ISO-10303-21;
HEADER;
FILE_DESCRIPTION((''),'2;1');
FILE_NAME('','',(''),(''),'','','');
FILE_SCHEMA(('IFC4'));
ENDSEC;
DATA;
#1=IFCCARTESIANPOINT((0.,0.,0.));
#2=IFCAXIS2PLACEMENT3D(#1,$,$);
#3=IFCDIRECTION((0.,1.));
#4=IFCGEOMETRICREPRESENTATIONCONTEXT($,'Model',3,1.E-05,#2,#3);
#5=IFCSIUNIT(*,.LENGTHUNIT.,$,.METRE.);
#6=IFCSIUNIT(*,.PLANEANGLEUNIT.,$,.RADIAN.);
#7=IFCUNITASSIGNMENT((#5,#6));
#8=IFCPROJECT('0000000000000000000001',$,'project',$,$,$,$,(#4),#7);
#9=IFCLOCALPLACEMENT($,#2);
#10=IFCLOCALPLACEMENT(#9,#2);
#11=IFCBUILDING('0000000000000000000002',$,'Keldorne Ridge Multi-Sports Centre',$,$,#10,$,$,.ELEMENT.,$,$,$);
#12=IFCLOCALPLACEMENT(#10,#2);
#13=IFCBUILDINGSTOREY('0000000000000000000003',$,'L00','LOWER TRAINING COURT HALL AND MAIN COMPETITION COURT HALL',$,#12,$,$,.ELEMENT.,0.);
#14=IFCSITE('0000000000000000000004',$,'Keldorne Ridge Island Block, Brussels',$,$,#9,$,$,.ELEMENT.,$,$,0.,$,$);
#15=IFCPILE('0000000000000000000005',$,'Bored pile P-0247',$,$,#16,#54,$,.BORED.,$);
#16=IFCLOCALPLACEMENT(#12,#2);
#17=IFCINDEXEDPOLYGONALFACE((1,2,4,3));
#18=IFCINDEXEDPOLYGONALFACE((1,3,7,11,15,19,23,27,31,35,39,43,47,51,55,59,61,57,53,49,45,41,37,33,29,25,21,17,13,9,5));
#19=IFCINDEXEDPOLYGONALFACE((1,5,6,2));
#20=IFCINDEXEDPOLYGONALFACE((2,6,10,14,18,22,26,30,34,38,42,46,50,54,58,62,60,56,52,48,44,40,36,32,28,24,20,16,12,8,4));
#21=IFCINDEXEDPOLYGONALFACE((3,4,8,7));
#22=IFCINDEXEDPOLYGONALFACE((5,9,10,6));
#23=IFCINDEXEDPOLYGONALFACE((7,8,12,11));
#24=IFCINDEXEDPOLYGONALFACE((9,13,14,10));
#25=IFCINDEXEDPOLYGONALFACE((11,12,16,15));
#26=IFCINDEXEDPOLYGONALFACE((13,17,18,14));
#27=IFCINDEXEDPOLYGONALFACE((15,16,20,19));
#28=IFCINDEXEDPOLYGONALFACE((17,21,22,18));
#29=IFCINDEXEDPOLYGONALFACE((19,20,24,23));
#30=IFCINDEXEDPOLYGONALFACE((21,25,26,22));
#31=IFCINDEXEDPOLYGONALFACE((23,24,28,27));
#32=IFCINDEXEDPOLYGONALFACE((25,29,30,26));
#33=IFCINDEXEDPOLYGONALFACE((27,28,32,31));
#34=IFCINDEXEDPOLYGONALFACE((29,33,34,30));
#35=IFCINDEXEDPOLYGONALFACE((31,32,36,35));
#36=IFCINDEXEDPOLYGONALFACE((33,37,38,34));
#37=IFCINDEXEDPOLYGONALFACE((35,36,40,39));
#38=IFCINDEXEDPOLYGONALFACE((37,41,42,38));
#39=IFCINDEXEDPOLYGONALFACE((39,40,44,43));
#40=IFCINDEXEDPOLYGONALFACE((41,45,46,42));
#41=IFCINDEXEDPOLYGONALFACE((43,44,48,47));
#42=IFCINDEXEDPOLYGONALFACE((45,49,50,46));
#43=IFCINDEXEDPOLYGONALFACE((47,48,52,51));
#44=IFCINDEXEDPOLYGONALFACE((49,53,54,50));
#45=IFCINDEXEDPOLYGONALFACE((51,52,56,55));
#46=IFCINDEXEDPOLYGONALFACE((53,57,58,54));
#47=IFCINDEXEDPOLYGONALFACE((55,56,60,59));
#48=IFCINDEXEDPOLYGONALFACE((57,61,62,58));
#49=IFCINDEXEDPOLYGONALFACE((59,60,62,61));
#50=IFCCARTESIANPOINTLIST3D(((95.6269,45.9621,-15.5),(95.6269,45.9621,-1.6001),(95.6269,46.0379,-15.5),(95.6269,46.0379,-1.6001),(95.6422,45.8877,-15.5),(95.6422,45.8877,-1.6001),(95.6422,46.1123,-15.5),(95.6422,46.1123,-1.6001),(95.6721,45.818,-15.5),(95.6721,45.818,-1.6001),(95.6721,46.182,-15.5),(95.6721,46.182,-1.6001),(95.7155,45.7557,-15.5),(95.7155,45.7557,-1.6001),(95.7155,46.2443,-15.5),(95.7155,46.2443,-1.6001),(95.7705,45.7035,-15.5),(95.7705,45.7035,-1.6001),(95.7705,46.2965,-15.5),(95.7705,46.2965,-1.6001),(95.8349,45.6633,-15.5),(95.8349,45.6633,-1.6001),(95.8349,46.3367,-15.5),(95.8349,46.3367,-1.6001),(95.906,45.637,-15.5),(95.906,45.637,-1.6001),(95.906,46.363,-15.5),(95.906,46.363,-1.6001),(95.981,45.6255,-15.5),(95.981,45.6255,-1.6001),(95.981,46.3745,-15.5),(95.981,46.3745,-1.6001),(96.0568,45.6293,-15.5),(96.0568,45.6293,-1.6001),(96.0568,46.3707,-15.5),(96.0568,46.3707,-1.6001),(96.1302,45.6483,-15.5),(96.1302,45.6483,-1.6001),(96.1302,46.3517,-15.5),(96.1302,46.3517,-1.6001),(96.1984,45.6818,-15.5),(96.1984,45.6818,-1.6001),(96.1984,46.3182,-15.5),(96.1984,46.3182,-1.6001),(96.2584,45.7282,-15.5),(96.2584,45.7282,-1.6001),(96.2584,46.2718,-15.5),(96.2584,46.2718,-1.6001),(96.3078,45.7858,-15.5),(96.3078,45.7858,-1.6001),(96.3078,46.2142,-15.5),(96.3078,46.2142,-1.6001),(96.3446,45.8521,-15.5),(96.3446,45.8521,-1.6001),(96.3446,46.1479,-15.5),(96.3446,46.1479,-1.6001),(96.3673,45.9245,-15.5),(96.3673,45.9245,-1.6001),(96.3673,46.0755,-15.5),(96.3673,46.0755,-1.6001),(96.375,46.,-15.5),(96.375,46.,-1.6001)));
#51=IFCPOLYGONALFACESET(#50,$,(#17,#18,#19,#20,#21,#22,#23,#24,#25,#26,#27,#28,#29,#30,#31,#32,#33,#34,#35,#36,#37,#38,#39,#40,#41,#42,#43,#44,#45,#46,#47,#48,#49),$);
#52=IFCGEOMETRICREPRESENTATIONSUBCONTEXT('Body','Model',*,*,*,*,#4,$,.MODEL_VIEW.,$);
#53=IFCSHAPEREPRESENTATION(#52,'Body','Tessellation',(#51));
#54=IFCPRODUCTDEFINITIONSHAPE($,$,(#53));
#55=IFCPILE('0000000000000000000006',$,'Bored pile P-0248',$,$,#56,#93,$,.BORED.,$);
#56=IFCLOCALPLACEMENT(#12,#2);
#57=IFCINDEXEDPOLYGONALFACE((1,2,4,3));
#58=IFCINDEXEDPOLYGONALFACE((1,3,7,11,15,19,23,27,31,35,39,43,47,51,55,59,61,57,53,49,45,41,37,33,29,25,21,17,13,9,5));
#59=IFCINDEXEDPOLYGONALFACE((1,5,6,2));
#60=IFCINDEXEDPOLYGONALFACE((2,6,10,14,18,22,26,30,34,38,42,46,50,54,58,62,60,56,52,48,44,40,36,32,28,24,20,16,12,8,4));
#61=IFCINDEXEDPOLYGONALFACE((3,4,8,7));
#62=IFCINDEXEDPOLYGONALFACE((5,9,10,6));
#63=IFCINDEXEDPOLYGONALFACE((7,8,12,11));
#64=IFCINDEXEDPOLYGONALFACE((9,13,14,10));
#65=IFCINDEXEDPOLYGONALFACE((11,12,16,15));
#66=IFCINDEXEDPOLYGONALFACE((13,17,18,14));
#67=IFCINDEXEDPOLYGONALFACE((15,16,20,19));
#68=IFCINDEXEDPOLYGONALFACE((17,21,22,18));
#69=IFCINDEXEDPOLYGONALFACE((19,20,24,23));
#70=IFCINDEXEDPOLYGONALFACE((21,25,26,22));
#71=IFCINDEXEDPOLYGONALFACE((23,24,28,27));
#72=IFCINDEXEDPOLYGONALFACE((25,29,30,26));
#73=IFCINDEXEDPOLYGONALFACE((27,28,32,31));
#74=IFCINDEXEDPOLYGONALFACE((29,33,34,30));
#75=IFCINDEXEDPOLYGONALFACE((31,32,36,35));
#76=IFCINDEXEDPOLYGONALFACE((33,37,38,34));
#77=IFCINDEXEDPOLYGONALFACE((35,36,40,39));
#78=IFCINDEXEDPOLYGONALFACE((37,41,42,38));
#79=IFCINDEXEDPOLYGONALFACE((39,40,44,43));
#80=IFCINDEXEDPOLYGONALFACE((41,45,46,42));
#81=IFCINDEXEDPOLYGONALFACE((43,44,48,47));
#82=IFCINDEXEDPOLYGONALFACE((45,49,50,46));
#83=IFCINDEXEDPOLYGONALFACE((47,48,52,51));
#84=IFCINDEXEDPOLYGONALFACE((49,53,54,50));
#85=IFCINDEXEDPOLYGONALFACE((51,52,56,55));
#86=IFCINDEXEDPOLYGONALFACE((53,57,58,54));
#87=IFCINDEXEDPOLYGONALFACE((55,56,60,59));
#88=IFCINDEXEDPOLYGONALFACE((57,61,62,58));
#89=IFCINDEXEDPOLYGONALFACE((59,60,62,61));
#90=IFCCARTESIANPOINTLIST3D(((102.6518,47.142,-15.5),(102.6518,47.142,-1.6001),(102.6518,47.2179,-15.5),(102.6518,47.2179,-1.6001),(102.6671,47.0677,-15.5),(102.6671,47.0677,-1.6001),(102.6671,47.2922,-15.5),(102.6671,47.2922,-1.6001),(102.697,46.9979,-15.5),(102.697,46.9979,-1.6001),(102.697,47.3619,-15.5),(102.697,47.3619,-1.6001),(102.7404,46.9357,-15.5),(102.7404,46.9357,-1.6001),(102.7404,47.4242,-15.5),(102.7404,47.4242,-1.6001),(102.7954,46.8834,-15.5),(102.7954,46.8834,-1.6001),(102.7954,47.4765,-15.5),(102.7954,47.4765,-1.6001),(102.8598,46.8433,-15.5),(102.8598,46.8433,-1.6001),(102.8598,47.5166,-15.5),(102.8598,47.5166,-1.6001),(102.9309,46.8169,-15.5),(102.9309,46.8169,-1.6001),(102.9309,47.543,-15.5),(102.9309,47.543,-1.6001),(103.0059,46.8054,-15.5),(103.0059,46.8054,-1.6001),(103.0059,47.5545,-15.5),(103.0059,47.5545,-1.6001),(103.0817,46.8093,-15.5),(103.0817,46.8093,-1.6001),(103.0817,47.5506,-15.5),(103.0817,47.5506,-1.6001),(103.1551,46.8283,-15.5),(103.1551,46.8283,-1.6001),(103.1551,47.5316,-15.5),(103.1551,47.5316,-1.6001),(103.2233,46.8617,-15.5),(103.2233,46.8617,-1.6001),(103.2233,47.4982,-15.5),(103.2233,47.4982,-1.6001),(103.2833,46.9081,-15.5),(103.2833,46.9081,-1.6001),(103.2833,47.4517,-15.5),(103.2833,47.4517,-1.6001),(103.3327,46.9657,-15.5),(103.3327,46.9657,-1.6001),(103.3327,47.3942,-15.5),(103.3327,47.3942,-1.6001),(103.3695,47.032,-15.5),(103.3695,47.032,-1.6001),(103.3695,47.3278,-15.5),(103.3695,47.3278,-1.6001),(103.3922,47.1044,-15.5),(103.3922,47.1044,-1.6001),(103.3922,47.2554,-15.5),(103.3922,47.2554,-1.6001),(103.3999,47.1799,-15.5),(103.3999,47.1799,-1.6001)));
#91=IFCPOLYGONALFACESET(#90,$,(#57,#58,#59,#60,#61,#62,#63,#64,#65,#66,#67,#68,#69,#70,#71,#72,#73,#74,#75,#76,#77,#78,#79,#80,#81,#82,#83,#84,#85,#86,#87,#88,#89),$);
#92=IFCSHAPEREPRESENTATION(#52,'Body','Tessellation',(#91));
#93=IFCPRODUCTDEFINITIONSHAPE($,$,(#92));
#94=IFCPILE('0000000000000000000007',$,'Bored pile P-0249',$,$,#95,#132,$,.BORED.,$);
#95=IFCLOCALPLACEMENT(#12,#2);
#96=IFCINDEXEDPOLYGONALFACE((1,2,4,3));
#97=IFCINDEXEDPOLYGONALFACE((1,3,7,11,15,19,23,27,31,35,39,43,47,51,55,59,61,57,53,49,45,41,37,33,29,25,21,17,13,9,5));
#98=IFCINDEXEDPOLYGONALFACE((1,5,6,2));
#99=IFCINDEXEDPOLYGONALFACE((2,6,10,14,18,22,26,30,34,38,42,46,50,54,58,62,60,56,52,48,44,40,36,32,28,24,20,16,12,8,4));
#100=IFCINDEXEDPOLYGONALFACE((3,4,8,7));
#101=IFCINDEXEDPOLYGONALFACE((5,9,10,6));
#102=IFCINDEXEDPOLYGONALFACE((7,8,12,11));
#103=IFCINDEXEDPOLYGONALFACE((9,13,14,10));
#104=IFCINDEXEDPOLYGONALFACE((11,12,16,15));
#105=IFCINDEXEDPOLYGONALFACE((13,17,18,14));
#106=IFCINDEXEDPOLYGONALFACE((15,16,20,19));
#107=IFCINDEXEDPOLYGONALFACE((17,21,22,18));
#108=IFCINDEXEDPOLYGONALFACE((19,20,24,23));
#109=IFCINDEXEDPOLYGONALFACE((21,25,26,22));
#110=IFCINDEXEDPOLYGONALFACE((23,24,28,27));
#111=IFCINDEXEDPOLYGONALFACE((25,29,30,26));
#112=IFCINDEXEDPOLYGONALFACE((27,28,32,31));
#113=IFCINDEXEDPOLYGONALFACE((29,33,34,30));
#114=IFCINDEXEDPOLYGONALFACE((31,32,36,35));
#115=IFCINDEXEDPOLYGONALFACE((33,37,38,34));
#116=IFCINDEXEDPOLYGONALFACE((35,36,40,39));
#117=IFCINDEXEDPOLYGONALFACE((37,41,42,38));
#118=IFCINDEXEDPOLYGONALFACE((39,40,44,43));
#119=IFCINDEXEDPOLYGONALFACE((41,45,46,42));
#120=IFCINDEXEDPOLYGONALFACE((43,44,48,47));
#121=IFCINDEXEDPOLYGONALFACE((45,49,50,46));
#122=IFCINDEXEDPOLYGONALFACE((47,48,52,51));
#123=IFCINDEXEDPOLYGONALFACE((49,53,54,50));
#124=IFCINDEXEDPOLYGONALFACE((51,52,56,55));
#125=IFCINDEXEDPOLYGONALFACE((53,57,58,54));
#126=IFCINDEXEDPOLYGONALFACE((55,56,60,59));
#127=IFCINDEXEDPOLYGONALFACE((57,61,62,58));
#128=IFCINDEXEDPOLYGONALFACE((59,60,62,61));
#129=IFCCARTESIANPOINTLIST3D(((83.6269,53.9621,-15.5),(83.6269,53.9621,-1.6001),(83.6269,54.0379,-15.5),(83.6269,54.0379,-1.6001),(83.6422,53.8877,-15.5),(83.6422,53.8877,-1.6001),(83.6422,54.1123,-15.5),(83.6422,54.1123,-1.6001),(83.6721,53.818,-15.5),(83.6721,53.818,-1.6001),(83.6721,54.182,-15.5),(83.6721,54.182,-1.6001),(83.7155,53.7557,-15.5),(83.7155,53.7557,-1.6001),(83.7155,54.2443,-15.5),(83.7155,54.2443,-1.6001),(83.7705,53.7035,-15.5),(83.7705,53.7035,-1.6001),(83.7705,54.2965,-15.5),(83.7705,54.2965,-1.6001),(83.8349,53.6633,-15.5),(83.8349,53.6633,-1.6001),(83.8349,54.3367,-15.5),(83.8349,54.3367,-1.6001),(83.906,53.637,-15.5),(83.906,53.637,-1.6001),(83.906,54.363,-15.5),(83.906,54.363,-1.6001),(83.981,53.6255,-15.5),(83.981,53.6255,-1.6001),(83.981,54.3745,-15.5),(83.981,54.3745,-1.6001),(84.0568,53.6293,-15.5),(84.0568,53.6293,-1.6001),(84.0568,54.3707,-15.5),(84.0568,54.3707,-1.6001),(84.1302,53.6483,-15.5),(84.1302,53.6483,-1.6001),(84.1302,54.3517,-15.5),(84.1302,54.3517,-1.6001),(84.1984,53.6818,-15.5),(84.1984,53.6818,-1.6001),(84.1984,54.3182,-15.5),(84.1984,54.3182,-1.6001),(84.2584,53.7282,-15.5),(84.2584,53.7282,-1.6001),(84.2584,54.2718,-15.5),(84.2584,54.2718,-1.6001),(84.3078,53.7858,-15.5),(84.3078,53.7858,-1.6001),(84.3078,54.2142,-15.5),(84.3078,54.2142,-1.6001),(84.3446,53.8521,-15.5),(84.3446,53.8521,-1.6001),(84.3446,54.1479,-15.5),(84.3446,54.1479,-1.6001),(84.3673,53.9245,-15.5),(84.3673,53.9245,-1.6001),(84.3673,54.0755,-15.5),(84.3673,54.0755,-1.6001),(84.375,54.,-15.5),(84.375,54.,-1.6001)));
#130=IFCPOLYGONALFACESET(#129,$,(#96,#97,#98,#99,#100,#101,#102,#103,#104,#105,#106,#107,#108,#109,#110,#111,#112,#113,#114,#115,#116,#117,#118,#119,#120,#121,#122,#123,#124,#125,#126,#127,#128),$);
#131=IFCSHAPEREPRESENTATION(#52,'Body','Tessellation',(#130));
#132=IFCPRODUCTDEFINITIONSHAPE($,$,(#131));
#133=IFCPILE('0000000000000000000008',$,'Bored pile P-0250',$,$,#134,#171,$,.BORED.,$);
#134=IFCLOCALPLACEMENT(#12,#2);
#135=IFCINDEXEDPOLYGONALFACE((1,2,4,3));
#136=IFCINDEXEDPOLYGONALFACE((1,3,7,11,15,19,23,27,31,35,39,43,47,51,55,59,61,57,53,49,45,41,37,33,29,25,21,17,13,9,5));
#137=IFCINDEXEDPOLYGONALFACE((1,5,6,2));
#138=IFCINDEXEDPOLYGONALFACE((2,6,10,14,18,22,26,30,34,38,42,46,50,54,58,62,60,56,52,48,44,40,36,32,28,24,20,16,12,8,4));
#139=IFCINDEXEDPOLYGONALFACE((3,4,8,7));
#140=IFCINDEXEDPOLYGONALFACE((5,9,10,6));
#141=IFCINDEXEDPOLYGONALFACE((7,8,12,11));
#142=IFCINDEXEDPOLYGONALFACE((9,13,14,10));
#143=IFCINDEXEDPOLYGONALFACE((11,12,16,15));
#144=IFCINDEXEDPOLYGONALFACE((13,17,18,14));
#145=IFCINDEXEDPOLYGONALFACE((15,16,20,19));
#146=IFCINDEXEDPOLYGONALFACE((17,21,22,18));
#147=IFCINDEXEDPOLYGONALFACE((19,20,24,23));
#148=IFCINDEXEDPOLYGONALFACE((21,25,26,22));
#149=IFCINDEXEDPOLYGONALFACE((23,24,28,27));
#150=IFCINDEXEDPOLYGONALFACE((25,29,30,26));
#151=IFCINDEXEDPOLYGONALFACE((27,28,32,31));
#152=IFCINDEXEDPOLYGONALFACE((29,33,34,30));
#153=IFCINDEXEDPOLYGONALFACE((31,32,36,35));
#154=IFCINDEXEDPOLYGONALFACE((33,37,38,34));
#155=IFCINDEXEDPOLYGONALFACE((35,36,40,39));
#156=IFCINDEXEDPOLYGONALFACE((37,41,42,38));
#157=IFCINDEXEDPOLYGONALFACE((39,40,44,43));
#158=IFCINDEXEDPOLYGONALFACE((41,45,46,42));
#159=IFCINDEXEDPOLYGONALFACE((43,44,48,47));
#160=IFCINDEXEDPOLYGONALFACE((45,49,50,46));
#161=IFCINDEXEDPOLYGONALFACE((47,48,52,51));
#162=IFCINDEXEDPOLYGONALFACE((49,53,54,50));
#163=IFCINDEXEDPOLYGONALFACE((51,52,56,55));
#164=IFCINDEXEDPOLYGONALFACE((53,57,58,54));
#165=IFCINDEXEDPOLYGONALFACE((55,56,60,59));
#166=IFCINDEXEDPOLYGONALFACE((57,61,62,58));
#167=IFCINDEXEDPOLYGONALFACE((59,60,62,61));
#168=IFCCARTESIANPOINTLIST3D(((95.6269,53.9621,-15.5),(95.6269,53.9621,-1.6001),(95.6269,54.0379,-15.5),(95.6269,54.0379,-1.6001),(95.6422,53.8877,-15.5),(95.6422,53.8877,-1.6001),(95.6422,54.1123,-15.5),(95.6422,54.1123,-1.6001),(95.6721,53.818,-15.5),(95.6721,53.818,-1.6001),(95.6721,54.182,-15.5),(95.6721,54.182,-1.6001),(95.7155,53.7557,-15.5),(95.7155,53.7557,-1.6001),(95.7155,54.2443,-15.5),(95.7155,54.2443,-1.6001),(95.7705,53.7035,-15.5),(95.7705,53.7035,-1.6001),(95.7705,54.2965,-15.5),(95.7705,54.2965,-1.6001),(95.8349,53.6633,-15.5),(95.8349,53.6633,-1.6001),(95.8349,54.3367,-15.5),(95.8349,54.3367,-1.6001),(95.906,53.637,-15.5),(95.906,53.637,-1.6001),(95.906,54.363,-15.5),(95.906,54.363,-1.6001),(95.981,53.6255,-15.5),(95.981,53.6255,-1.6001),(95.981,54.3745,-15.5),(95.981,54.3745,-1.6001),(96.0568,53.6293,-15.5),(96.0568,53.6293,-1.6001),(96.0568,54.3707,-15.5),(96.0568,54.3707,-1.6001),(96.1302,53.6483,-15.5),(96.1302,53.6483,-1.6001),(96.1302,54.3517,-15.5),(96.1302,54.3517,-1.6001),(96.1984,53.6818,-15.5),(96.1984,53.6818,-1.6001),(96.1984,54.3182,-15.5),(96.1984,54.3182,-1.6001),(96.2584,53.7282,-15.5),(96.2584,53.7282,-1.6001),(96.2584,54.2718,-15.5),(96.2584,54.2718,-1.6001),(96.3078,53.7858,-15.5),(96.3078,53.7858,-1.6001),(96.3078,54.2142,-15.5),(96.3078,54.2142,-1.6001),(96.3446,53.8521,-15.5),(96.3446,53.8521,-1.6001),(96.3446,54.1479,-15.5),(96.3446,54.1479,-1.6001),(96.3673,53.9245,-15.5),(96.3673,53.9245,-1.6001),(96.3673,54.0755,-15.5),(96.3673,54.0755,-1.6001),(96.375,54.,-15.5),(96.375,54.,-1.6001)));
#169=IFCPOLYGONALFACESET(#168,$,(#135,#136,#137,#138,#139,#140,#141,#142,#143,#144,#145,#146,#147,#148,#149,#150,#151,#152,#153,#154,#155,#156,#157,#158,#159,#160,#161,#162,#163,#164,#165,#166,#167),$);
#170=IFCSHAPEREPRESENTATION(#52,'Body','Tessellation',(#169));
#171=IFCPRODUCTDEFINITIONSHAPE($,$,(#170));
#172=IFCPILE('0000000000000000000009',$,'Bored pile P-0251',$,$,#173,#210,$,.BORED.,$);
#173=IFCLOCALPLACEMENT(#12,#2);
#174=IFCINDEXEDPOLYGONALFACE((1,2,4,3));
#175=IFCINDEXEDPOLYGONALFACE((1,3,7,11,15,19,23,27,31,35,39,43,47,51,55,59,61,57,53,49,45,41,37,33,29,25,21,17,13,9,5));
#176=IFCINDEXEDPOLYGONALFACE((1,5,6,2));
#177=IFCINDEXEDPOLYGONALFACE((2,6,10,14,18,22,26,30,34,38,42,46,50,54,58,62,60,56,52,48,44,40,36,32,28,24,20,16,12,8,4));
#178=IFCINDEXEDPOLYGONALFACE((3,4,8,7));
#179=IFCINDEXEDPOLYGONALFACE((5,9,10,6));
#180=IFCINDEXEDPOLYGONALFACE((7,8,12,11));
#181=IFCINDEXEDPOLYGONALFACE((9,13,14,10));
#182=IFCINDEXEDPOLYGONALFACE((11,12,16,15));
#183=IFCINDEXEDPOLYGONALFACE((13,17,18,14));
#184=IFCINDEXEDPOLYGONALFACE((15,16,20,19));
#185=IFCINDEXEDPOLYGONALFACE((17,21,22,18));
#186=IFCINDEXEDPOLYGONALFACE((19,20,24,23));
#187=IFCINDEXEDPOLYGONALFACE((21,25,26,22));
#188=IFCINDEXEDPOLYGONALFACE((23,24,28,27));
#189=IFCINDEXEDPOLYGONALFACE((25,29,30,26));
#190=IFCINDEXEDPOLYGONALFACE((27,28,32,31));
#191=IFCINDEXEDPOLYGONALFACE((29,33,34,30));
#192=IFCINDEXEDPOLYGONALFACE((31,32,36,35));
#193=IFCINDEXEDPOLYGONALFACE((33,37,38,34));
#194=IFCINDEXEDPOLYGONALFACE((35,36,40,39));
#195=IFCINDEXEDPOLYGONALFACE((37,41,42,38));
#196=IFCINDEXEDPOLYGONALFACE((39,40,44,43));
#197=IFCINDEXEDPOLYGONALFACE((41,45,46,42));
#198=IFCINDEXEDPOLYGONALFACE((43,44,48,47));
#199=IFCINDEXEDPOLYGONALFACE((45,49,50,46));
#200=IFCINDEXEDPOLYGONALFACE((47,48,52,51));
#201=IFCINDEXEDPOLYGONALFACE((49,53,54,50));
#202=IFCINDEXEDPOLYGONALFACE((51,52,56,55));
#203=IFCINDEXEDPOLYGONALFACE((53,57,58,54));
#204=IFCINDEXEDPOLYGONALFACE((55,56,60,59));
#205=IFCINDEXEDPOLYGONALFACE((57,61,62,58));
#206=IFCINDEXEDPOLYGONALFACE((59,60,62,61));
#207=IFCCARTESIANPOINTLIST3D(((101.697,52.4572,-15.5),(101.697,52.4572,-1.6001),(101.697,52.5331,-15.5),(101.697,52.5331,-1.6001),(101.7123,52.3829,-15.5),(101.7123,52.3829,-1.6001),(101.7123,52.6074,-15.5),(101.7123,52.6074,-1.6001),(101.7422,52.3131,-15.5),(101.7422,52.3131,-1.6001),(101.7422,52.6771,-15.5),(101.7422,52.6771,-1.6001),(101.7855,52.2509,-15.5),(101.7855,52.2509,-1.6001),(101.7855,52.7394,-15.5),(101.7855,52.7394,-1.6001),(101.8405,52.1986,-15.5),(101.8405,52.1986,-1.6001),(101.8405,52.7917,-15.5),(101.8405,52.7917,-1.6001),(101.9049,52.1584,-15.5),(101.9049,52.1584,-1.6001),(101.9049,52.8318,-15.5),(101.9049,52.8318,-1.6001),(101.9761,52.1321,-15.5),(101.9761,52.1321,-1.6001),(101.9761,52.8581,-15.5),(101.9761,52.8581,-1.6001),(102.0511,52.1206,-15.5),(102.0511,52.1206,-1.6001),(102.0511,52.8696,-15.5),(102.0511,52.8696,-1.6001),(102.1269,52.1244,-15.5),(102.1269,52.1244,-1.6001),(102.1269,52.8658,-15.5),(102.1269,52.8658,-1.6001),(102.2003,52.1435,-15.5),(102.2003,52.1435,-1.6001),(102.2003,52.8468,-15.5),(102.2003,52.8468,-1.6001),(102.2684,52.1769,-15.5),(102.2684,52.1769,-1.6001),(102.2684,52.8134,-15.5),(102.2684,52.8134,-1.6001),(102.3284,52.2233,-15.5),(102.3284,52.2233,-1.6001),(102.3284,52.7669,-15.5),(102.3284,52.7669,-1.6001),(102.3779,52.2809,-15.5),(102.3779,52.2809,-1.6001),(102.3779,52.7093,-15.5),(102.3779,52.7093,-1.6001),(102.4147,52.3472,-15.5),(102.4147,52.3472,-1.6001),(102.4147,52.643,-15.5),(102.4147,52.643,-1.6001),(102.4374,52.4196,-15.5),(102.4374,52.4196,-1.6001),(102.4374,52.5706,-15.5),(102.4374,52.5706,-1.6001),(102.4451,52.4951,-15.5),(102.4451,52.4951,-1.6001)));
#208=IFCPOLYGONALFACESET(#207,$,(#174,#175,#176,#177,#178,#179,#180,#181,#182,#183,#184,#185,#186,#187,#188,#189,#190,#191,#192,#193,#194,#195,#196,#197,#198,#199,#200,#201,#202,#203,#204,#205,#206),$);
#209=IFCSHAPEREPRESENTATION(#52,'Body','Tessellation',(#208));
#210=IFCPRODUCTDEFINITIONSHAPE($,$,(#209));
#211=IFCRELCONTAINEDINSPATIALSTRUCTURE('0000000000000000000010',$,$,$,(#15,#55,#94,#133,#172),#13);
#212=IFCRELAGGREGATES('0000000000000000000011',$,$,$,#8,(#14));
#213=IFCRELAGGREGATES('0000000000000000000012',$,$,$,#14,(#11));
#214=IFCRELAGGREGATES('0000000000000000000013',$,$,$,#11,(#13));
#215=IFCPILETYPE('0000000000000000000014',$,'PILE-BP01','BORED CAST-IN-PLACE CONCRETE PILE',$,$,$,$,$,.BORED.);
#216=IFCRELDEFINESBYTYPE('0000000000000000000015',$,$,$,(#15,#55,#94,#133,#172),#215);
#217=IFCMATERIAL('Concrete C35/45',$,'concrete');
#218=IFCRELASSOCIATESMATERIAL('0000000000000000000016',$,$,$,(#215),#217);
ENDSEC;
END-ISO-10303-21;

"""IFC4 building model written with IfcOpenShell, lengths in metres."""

from ifc_helpers import new_model, si_unit, direction, frame, origin, origin_2d, place, context, subcontext, project, spatial, circle, extrude, material, material_profile, profile_set, type_object, element, save


model = new_model("IFC4")

# Units and contexts
model_context = context("Model", 3, precision=1e-05, world=origin(), true_north=direction((0.0, 1.0)))
body_context = subcontext(model_context, "Body", "Model", "MODEL_VIEW")
ifc_project = project(units=[si_unit("LENGTHUNIT", "METRE"), si_unit("PLANEANGLEUNIT", "RADIAN")], contexts=[model_context])

# Site, building, storey
site_placement = place(None, origin())
site = spatial("IfcSite", under=ifc_project, at=site_placement, Name="Keldorne Ridge Island Block, Brussels", CompositionType="ELEMENT", RefElevation=0.0)
building_placement = place(site_placement, origin())
building = spatial("IfcBuilding", under=site, at=building_placement, Name="Keldorne Ridge Multi-Sports Centre", CompositionType="ELEMENT")
storey_placement = place(building_placement, origin())
storey = spatial("IfcBuildingStorey", under=building, at=storey_placement, Name="L00", Description="LOWER TRAINING COURT HALL AND MAIN COMPETITION COURT HALL", CompositionType="ELEMENT", Elevation=0.0)

# Shared definitions
ifc_material_1 = material(Name="Concrete C35/45", Category="concrete")

# Piles
ifc_material_profile_1 = material_profile(ifc_material_1, circle(Radius=0.375, at=origin_2d()), Name="BORED PILE D750")
ifc_profile_set_1 = profile_set([ifc_material_profile_1], Name="Concrete C35/45")
pile_type = type_object("IfcPileType", Name="PILE-BP01", Description="BORED CAST-IN-PLACE CONCRETE PILE", PredefinedType="BORED", material=ifc_profile_set_1)
for number, where, z_axis, x_axis, name in (
    (1, (96.0, 46.0, -1.6001), (0.0, 0.0, -1.0), (1.0, 0.0, 0.0), "Bored pile P-0247"),
    (2, (103.0249, 47.1799, -1.6001), (0.0, 0.0, -1.0), (1.0, 0.0, 0.0), "Bored pile P-0248"),
    (3, (84.0, 54.0, -1.6001), (0.0, 0.0, -1.0), (1.0, 0.0, 0.0), "Bored pile P-0249"),
    (4, (96.0, 54.0, -1.6001), (0.0, 0.0, -1.0), (1.0, 0.0, 0.0), "Bored pile P-0250"),
    (5, (102.0701, 52.4951, -1.6001), (0.0, 0.0, -1.0), (1.0, 0.0, 0.0), "Bored pile P-0251"),
):
    element("IfcPile", number, at=place(storey_placement, frame(where, z_axis=z_axis, x_axis=x_axis)), inside=storey, type_object=pile_type, Name=name, PredefinedType="BORED", context=body_context, shape_type="SweptSolid", body=[
        extrude(circle(Radius=0.375, at=origin_2d()), origin(), (0.0, 0.0, 1.0), 13.8999),
    ])

save(model, "model.ifc")
